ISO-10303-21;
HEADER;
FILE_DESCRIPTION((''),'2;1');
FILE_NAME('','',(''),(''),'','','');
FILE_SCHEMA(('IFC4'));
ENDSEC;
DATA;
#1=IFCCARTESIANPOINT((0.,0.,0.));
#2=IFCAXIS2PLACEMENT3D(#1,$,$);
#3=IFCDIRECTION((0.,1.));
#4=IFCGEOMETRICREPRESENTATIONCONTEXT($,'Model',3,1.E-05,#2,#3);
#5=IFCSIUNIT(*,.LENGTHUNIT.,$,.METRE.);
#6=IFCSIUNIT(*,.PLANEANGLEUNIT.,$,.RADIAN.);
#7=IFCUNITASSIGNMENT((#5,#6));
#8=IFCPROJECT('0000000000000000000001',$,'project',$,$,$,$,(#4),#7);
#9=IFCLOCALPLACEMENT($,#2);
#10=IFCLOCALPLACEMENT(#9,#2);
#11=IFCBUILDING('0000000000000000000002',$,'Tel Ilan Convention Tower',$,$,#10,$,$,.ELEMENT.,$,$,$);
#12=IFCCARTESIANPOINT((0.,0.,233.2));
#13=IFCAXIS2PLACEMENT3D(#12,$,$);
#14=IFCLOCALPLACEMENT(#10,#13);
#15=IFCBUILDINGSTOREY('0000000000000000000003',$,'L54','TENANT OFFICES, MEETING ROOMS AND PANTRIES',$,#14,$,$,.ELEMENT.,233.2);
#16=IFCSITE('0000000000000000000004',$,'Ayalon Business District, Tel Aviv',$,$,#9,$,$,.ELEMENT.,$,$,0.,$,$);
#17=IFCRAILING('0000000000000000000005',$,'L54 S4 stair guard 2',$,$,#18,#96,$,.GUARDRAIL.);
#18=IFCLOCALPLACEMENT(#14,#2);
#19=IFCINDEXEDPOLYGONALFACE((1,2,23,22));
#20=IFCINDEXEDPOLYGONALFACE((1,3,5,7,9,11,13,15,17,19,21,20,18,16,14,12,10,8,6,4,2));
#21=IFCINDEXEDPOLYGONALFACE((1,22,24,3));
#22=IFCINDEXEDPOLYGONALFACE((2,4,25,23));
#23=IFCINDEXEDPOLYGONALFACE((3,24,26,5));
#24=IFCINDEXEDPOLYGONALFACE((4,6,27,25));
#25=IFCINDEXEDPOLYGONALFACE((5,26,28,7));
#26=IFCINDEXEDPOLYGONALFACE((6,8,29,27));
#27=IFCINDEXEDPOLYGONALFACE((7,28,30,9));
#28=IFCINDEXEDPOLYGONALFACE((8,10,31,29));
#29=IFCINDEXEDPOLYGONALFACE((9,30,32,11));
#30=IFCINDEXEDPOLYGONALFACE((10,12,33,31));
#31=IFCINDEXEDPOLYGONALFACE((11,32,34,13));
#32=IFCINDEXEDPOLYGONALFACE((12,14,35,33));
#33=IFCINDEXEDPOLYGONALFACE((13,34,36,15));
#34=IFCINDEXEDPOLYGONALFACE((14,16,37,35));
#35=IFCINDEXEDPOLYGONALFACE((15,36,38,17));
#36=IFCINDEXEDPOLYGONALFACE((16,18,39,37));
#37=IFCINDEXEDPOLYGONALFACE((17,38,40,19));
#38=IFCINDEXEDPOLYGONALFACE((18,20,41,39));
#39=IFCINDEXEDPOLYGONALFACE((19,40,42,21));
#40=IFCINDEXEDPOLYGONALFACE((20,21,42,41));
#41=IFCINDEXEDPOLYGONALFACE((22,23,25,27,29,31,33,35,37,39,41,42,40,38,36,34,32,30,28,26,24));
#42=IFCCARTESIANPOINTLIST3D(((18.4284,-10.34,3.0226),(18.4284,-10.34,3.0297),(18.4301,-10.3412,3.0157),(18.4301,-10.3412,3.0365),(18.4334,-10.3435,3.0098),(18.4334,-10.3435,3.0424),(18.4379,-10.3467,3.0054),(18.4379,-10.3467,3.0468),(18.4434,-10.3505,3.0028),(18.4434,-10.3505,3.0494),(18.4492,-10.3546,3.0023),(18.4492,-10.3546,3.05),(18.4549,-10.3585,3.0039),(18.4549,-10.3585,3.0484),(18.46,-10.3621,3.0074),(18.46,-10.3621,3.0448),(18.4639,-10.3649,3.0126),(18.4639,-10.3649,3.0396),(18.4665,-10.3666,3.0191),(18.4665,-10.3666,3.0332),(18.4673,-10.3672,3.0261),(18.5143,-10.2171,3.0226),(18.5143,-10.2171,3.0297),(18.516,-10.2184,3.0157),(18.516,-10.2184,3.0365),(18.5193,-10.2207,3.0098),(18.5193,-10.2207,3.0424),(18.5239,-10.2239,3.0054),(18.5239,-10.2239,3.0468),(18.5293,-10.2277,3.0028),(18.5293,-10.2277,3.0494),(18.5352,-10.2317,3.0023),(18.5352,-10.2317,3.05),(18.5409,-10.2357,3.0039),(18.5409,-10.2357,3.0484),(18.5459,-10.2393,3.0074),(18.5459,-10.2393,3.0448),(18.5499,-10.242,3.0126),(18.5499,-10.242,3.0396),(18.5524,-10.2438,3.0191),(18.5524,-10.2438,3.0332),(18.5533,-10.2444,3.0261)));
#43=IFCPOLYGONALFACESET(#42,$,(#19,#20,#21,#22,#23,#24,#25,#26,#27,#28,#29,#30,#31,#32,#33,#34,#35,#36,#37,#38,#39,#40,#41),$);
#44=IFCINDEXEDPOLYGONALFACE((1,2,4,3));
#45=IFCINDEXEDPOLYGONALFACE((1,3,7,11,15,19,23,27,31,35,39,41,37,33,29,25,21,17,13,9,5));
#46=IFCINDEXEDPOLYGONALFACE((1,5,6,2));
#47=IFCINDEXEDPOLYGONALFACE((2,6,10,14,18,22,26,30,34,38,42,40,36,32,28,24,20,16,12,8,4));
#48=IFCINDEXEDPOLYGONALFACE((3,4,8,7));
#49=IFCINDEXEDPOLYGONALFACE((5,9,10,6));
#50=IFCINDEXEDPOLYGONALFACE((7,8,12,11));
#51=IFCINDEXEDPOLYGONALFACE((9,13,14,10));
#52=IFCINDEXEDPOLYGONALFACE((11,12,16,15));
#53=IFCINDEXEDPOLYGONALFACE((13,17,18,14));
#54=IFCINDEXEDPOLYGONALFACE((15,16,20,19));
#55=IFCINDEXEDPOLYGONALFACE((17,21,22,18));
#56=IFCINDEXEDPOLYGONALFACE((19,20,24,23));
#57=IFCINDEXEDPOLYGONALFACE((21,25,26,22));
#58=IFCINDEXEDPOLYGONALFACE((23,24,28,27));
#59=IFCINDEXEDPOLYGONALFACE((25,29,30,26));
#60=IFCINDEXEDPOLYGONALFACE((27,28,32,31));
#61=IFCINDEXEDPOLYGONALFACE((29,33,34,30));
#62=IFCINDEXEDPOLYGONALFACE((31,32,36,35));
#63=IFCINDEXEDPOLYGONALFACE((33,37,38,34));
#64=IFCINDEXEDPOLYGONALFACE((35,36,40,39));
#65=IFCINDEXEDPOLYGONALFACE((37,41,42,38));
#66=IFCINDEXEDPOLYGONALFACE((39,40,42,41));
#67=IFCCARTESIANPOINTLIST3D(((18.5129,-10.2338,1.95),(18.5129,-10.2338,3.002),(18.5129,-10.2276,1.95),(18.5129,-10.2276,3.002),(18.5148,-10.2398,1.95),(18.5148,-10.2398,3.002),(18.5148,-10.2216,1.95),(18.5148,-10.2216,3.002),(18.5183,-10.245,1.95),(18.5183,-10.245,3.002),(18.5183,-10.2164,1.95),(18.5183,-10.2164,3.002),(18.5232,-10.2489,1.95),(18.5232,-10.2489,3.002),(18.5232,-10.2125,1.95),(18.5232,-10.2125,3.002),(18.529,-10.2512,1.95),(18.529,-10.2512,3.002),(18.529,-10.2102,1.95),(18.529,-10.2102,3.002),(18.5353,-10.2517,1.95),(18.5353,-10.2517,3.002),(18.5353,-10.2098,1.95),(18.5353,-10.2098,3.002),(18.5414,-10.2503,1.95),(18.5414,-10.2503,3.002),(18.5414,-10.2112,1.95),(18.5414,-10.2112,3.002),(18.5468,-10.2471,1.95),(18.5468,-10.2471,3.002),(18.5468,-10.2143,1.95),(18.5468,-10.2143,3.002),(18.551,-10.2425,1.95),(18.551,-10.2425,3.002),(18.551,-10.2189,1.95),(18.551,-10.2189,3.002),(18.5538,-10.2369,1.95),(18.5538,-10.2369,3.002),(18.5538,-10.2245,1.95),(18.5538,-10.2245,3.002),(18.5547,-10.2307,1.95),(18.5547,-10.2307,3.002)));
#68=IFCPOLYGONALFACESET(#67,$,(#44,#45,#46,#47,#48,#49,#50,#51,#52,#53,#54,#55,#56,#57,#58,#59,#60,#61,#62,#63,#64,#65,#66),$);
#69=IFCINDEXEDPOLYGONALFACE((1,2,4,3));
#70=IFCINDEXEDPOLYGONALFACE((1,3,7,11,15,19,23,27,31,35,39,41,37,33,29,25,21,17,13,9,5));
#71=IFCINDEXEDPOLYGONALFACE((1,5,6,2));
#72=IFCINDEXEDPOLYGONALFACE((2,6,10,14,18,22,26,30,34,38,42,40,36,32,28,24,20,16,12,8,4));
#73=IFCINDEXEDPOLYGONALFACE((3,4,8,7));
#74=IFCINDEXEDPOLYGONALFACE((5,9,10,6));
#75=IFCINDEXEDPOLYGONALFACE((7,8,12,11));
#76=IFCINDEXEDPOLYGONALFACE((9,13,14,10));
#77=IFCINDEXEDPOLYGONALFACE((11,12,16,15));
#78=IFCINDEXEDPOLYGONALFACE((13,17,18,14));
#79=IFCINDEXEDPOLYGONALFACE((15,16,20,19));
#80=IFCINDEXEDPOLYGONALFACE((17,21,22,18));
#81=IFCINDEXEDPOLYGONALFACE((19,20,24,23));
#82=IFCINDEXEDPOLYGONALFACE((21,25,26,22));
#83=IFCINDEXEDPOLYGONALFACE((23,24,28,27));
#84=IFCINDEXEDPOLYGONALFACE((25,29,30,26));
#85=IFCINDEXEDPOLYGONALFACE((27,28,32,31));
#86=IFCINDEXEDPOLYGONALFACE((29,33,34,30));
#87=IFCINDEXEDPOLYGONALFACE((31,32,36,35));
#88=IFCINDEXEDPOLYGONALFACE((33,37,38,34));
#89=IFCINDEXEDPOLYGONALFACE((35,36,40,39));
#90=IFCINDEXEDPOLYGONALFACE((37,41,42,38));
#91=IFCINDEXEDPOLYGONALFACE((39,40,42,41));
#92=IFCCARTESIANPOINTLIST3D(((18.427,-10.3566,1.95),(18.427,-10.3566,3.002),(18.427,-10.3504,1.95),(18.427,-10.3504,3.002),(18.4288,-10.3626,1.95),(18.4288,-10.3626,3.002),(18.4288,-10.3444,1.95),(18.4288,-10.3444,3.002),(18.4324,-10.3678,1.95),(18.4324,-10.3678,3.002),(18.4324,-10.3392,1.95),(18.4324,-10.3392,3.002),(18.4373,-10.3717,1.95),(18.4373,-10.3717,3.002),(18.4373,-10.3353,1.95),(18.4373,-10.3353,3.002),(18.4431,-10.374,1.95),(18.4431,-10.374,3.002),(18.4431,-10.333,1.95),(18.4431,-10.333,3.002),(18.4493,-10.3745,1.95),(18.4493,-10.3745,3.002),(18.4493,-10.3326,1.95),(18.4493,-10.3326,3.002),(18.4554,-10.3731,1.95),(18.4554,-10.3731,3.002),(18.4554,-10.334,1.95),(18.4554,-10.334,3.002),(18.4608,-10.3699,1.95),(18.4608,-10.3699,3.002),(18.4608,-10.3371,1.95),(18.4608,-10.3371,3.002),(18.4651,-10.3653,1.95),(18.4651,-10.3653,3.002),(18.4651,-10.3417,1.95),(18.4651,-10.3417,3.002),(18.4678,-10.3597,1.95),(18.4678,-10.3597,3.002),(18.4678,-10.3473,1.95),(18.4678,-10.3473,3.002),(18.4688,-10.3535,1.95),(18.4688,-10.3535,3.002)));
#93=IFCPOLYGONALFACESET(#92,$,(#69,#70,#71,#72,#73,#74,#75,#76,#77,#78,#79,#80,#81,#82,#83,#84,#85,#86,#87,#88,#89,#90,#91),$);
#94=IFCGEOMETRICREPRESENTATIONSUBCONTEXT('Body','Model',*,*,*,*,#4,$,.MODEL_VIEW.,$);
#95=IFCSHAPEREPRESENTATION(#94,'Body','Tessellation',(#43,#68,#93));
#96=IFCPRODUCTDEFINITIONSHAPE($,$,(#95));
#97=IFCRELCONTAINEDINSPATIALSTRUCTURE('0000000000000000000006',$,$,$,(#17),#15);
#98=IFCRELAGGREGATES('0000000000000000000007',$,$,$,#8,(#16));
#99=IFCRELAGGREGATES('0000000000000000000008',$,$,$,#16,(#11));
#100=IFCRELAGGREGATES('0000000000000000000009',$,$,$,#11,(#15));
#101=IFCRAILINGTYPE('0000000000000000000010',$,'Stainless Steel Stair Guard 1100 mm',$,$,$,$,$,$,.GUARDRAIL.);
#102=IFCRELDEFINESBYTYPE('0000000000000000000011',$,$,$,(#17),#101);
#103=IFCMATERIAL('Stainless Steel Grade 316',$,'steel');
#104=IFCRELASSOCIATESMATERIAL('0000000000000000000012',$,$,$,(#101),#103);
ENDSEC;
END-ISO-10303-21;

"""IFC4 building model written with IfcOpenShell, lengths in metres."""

from ifc_helpers import new_model, si_unit, direction, frame, origin, origin_2d, place, context, subcontext, project, spatial, circle, extrude, material, type_object, element, save


model = new_model("IFC4")

# Units and contexts
model_context = context("Model", 3, precision=1e-05, world=origin(), true_north=direction((0.0, 1.0)))
body_context = subcontext(model_context, "Body", "Model", "MODEL_VIEW")
ifc_project = project(units=[si_unit("LENGTHUNIT", "METRE"), si_unit("PLANEANGLEUNIT", "RADIAN")], contexts=[model_context])

# Site, building, storey
site_placement = place(None, origin())
site = spatial("IfcSite", under=ifc_project, at=site_placement, Name="Ayalon Business District, Tel Aviv", CompositionType="ELEMENT", RefElevation=0.0)
building_placement = place(site_placement, origin())
building = spatial("IfcBuilding", under=site, at=building_placement, Name="Tel Ilan Convention Tower", CompositionType="ELEMENT")
storey_placement = place(building_placement, frame((0.0, 0.0, 233.2)))
storey = spatial("IfcBuildingStorey", under=building, at=storey_placement, Name="L54", Description="TENANT OFFICES, MEETING ROOMS AND PANTRIES", CompositionType="ELEMENT", Elevation=233.2)

# Railing
ifc_material_1 = material(Name="Stainless Steel Grade 316", Category="steel")
railing_type_1 = type_object("IfcRailingType", Name="Stainless Steel Stair Guard 1100 mm", PredefinedType="GUARDRAIL", material=ifc_material_1)
railing_1_placement = place(storey_placement, frame((18.5337, -10.2307, 1.95)))
element("IfcRailing", 1, at=railing_1_placement, inside=storey, type_object=railing_type_1, Name="L54 S4 stair guard 2", PredefinedType="GUARDRAIL", context=body_context, shape_type="SweptSolid", body=[
    extrude(circle(Radius=0.0239, at=origin_2d()), frame((0.0, 0.0, 1.0762), z_axis=(-0.573353, -0.819308, 0.0), x_axis=(0.819308, -0.573353, 0.0)), (0.0, 0.0, 1.0), 0.1499),
    extrude(circle(Radius=0.021, at=origin_2d()), origin(), (0.0, 0.0, 1.0), 1.052),
    extrude(circle(Radius=0.021, at=origin_2d()), frame((-0.0859, -0.1228, 0.0)), (0.0, 0.0, 1.0), 1.052),
])

save(model, "model.ifc")
